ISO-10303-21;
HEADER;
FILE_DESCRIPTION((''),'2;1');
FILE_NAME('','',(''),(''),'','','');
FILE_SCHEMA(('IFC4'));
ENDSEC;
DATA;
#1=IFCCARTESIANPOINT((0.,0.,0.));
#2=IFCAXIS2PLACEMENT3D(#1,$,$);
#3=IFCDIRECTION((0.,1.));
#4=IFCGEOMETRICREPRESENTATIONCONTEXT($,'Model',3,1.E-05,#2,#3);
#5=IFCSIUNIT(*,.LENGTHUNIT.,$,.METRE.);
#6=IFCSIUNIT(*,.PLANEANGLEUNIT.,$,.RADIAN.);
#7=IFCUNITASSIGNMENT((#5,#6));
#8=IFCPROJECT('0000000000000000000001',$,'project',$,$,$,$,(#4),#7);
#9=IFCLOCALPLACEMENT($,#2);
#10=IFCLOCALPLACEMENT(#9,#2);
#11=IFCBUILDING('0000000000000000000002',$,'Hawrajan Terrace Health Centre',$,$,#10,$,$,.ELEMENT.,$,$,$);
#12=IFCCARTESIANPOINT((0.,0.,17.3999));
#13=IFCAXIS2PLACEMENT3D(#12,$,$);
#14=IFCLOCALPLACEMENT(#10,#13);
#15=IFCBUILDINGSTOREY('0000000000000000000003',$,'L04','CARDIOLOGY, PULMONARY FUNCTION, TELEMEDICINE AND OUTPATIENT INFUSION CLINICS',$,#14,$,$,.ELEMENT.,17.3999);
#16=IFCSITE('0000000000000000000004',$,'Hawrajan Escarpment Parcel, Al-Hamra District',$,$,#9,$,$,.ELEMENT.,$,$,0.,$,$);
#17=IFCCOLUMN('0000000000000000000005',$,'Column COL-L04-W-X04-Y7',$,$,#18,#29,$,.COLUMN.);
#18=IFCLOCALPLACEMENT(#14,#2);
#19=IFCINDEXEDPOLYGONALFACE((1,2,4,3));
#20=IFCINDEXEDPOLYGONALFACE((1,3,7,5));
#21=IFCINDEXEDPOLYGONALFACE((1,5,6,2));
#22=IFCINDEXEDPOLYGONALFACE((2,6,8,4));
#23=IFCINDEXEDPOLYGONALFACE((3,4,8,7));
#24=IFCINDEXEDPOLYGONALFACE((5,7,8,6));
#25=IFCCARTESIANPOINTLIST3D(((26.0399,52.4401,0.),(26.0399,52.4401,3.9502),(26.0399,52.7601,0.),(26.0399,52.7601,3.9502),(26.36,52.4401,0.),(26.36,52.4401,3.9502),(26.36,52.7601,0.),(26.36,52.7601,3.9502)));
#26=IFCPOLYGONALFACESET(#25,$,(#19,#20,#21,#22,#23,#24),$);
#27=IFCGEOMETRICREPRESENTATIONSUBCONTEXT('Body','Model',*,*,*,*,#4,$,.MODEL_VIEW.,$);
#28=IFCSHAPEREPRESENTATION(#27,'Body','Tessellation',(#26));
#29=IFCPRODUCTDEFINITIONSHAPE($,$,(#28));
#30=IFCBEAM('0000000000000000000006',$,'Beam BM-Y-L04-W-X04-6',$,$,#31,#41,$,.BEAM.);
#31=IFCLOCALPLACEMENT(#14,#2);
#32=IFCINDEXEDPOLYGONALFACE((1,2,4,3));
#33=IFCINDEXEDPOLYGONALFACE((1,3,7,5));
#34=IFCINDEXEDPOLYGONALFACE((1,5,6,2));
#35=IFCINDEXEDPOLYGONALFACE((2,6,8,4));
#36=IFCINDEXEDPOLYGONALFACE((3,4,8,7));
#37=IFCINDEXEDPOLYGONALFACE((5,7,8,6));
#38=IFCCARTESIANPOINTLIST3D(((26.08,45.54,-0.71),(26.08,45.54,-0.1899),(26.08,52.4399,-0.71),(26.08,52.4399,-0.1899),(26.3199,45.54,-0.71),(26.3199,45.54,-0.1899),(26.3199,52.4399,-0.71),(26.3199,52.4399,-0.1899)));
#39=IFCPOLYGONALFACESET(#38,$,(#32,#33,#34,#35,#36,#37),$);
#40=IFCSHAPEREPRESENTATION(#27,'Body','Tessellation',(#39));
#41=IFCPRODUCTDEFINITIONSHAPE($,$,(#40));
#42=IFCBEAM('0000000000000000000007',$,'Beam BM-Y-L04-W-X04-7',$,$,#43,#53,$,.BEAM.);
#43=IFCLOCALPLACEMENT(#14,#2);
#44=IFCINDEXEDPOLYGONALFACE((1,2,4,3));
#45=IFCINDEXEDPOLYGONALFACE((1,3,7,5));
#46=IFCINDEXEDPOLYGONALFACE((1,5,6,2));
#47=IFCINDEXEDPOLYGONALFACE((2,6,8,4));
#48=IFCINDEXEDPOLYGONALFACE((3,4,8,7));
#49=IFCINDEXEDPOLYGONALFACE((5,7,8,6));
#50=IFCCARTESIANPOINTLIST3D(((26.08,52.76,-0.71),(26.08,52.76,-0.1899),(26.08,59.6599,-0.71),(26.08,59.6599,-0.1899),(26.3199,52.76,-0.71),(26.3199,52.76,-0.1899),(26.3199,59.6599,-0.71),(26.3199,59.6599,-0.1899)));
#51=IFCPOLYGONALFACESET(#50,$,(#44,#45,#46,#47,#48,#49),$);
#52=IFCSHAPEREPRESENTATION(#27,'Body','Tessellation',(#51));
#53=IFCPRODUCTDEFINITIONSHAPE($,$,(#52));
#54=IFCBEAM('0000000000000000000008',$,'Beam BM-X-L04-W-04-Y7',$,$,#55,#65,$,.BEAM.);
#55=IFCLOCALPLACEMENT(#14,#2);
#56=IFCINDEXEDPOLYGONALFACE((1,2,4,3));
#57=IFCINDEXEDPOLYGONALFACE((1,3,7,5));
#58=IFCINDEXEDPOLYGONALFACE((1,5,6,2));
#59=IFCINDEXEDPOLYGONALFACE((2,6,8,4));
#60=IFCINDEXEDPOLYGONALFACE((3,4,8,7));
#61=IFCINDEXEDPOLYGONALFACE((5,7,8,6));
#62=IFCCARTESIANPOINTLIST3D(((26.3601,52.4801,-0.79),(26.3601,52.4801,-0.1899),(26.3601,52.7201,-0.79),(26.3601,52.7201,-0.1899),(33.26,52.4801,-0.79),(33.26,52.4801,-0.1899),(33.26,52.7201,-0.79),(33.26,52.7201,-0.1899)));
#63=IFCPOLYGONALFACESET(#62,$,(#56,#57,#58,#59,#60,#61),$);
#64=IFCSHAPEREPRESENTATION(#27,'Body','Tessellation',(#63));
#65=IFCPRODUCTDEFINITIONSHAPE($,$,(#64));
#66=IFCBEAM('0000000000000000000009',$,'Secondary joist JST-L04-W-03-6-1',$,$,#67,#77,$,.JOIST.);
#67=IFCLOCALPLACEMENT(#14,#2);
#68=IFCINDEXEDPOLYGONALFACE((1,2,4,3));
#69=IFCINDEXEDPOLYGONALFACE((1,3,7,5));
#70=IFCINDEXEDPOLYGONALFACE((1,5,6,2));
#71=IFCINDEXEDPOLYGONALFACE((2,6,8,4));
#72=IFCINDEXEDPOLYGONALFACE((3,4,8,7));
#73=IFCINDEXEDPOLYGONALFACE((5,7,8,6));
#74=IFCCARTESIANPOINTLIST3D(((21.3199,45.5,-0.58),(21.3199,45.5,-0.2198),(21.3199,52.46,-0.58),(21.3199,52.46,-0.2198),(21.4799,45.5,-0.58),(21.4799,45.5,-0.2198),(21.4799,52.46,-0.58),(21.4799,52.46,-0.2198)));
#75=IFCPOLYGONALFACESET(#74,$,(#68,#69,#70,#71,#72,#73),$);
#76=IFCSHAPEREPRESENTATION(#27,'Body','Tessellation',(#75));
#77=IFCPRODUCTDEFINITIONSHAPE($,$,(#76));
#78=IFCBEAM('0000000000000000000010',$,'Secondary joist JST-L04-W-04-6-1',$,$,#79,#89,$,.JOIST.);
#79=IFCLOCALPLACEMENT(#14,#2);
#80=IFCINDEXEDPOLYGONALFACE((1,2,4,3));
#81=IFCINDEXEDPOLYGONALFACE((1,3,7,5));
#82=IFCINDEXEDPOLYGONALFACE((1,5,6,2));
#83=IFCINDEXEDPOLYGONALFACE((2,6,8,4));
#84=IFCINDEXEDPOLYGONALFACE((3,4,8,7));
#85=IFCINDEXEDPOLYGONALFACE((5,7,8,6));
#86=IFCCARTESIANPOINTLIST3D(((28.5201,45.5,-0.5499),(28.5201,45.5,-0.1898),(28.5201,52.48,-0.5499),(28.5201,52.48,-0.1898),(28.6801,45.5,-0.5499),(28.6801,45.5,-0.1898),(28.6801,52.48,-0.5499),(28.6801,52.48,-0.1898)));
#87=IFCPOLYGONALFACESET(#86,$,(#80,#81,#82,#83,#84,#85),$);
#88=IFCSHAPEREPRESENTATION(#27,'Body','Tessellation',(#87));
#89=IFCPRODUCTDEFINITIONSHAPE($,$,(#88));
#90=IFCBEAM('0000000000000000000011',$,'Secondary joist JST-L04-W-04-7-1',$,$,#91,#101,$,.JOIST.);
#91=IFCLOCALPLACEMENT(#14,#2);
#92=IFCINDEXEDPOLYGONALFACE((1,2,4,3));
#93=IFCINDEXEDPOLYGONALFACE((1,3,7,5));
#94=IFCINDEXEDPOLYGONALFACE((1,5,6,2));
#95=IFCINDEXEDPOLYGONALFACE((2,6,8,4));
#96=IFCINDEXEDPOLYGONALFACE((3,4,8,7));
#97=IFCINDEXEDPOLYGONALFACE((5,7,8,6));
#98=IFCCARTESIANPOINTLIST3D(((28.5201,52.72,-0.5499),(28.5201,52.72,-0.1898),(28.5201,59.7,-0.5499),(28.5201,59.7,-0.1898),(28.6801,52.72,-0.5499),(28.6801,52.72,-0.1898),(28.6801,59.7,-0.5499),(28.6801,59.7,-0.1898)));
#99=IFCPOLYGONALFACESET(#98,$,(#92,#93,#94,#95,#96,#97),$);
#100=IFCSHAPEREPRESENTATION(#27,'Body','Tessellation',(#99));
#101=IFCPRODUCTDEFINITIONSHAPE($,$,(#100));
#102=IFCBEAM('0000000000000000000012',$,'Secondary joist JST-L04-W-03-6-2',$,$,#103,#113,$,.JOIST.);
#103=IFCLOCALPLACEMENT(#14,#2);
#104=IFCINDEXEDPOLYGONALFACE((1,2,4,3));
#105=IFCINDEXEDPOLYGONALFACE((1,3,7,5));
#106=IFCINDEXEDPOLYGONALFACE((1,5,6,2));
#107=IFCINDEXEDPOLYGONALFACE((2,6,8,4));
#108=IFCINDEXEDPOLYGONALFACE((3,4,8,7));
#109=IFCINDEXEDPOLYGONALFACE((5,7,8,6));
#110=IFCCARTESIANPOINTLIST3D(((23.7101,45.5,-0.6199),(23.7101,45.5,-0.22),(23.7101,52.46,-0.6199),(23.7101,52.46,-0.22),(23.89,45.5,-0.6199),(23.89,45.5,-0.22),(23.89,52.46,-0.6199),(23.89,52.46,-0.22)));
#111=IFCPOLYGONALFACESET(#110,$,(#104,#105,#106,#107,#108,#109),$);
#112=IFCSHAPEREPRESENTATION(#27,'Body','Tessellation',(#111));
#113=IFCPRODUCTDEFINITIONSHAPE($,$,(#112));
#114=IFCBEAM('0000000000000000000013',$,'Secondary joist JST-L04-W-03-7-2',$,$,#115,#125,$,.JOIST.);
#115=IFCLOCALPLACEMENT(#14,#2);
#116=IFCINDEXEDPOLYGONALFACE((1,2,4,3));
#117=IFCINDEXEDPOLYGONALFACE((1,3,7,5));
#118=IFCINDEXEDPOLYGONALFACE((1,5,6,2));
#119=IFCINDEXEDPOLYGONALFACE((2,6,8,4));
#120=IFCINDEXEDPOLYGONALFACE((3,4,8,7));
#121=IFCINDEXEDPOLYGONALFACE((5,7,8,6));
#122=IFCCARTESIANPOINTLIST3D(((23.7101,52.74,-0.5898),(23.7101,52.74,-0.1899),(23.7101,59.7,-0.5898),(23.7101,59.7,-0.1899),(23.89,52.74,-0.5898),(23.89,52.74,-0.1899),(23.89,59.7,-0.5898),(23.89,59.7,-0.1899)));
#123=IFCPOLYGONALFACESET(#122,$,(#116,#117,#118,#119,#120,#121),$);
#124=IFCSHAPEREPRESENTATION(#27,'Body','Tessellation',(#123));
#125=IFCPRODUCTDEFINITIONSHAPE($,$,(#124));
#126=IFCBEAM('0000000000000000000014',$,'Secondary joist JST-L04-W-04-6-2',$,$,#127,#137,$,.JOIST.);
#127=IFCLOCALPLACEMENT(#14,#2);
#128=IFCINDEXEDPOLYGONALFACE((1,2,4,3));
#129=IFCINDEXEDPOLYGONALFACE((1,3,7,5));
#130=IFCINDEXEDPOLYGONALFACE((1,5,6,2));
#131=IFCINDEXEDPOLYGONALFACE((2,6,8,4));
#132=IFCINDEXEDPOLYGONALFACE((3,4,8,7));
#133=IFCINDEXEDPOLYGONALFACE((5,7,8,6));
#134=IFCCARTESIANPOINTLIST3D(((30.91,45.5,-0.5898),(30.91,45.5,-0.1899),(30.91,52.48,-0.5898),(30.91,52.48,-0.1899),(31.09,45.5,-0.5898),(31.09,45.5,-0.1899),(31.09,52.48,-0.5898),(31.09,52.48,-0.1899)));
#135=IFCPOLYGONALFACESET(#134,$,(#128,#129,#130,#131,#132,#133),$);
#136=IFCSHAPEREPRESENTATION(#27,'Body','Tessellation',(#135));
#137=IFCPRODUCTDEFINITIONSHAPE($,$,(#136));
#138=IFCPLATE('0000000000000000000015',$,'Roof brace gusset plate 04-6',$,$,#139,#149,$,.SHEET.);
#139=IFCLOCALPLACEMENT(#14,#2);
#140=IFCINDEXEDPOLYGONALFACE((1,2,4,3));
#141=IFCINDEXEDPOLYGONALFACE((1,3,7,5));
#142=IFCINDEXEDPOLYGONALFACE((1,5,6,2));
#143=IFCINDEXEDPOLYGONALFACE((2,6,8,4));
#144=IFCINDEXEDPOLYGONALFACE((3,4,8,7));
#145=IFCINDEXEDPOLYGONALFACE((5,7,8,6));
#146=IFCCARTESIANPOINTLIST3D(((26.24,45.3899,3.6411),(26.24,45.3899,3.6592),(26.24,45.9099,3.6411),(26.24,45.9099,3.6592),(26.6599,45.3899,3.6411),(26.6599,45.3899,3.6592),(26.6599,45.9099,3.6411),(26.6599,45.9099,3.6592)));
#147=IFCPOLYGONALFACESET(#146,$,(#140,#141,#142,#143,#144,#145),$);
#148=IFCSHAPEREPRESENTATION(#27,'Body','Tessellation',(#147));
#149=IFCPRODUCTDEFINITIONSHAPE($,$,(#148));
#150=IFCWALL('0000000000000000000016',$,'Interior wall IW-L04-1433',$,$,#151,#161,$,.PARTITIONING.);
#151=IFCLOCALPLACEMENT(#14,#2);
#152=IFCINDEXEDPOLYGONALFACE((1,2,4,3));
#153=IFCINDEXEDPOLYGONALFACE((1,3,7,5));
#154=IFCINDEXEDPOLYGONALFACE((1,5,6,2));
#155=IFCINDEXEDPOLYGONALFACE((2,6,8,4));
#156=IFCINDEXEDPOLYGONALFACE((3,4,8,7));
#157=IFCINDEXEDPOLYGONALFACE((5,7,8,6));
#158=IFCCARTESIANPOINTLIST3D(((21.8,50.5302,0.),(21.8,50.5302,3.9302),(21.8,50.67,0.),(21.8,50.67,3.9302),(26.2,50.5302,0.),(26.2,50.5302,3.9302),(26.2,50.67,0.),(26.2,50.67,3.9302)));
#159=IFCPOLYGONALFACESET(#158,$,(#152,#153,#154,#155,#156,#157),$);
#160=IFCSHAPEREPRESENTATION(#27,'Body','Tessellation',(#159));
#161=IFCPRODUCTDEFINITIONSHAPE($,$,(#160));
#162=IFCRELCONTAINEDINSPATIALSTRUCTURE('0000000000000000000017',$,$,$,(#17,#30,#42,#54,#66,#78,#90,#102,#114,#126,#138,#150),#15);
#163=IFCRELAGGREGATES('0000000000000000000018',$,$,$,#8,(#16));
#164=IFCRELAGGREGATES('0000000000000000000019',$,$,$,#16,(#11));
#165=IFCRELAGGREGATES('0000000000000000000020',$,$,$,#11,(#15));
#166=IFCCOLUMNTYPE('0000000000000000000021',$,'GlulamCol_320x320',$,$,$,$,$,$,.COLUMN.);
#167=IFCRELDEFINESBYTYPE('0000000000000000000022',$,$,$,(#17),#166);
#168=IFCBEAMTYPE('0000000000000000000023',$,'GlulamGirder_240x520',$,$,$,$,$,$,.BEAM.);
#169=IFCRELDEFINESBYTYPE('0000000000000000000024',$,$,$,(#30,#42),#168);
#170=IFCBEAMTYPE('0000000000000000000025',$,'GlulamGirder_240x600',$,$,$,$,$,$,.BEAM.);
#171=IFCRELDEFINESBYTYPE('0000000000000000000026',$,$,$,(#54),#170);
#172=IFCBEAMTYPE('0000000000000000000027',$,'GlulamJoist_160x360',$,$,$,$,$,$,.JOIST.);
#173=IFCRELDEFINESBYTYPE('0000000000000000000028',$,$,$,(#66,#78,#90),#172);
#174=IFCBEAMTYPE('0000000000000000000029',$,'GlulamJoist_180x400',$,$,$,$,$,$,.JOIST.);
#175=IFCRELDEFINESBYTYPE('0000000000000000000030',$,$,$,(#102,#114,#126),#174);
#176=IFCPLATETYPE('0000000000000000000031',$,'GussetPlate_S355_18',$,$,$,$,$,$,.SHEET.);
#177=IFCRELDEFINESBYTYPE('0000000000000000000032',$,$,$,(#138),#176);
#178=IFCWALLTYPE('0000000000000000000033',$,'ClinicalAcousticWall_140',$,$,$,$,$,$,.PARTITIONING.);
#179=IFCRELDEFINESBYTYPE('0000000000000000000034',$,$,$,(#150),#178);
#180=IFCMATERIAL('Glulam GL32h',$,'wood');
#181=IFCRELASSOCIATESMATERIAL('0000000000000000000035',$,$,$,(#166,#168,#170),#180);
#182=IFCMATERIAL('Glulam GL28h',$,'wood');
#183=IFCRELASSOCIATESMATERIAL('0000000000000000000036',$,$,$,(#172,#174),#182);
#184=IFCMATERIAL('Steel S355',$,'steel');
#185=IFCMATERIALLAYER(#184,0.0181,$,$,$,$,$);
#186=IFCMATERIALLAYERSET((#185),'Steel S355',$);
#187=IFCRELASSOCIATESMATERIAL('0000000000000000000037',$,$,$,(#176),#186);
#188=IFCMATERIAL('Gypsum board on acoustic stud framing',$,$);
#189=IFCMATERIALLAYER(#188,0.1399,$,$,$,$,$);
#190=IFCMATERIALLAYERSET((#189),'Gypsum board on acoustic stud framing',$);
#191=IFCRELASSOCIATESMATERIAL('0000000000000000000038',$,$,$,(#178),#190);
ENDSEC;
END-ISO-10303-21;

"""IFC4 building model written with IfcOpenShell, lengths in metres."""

from ifc_helpers import new_model, si_unit, direction, frame, frame_2d, origin, origin_2d, place, context, subcontext, project, spatial, rectangle, extrude, material, layer, layer_set, material_profile, profile_set, type_object, element, save


model = new_model("IFC4")

# Units and contexts
model_context = context("Model", 3, precision=1e-05, world=origin(), true_north=direction((0.0, 1.0)))
body_context = subcontext(model_context, "Body", "Model", "MODEL_VIEW")
ifc_project = project(units=[si_unit("LENGTHUNIT", "METRE"), si_unit("PLANEANGLEUNIT", "RADIAN")], contexts=[model_context])

# Site, building, storey
site_placement = place(None, origin())
site = spatial("IfcSite", under=ifc_project, at=site_placement, Name="Hawrajan Escarpment Parcel, Al-Hamra District", CompositionType="ELEMENT", RefElevation=0.0)
building_placement = place(site_placement, origin())
building = spatial("IfcBuilding", under=site, at=building_placement, Name="Hawrajan Terrace Health Centre", CompositionType="ELEMENT")
storey_placement = place(building_placement, frame((0.0, 0.0, 17.3999)))
storey = spatial("IfcBuildingStorey", under=building, at=storey_placement, Name="L04", Description="CARDIOLOGY, PULMONARY FUNCTION, TELEMEDICINE AND OUTPATIENT INFUSION CLINICS", CompositionType="ELEMENT", Elevation=17.3999)

# Column
ifc_material_1 = material(Name="Glulam GL32h", Category="wood")
ifc_material_profile_1 = material_profile(ifc_material_1, rectangle(XDim=0.3201, YDim=0.3201, at=origin_2d()), Name="GL 320x320")
ifc_profile_set_1 = profile_set([ifc_material_profile_1], Name="Glulam GL32h")
column_type = type_object("IfcColumnType", Name="GlulamCol_320x320", PredefinedType="COLUMN", material=ifc_profile_set_1)
column_placement = place(storey_placement, frame((26.2, 52.6001, 0.0), z_axis=(0.0, 0.0, 1.0), x_axis=(1.0, 0.0, 0.0)))
element("IfcColumn", 1, at=column_placement, inside=storey, type_object=column_type, Name="Column COL-L04-W-X04-Y7", PredefinedType="COLUMN", context=body_context, shape_type="SweptSolid", body=[
    extrude(rectangle(XDim=0.3201, YDim=0.3201, at=origin_2d()), origin(), (0.0, 0.0, 1.0), 3.9502),
])

# Beams
ifc_material_profile_2 = material_profile(ifc_material_1, rectangle(XDim=0.24, YDim=0.52, at=origin_2d()), Name="GL BM 240x520")
ifc_profile_set_2 = profile_set([ifc_material_profile_2], Name="Glulam GL32h")
beam_type_1 = type_object("IfcBeamType", Name="GlulamGirder_240x520", PredefinedType="BEAM", material=ifc_profile_set_2)
for number, where, z_axis, x_axis, name in (
    (2, (26.2, 45.54, -0.45), (0.0, 1.0, 0.0), (-1.0, 0.0, 0.0), "Beam BM-Y-L04-W-X04-6"),
    (3, (26.2, 52.76, -0.45), (0.0, 1.0, 0.0), (-1.0, 0.0, 0.0), "Beam BM-Y-L04-W-X04-7"),
):
    element("IfcBeam", number, at=place(storey_placement, frame(where, z_axis=z_axis, x_axis=x_axis)), inside=storey, type_object=beam_type_1, Name=name, PredefinedType="BEAM", context=body_context, shape_type="SweptSolid", body=[
        extrude(rectangle(XDim=0.24, YDim=0.52, at=origin_2d()), origin(), (0.0, 0.0, 1.0), 6.8999),
    ])
ifc_material_profile_3 = material_profile(ifc_material_1, rectangle(XDim=0.24, YDim=0.6001, at=origin_2d()), Name="GL BM 240x600")
ifc_profile_set_3 = profile_set([ifc_material_profile_3], Name="Glulam GL32h")
beam_type_2 = type_object("IfcBeamType", Name="GlulamGirder_240x600", PredefinedType="BEAM", material=ifc_profile_set_3)
beam_1_placement = place(storey_placement, frame((26.3601, 52.6001, -0.49), z_axis=(1.0, 0.0, 0.0), x_axis=(0.0, 1.0, 0.0)))
element("IfcBeam", 4, at=beam_1_placement, inside=storey, type_object=beam_type_2, Name="Beam BM-X-L04-W-04-Y7", PredefinedType="BEAM", context=body_context, shape_type="SweptSolid", body=[
    extrude(rectangle(XDim=0.24, YDim=0.6001, at=origin_2d()), origin(), (0.0, 0.0, 1.0), 6.8999),
])
ifc_material_2 = material(Name="Glulam GL28h", Category="wood")
ifc_material_profile_4 = material_profile(ifc_material_2, rectangle(XDim=0.1599, YDim=0.3601, at=origin_2d()), Name="GL JST 160x360")
ifc_profile_set_4 = profile_set([ifc_material_profile_4], Name="Glulam GL28h")
beam_type_3 = type_object("IfcBeamType", Name="GlulamJoist_160x360", PredefinedType="JOIST", material=ifc_profile_set_4)
beam_2_placement = place(storey_placement, frame((21.3999, 45.5, -0.3999), z_axis=(0.0, 1.0, 0.0), x_axis=(-1.0, 0.0, 0.0)))
element("IfcBeam", 5, at=beam_2_placement, inside=storey, type_object=beam_type_3, Name="Secondary joist JST-L04-W-03-6-1", PredefinedType="JOIST", context=body_context, shape_type="SweptSolid", body=[
    extrude(rectangle(XDim=0.1599, YDim=0.3601, at=origin_2d()), origin(), (0.0, 0.0, 1.0), 6.96),
])
for number, where, z_axis, x_axis, name in (
    (6, (28.6001, 45.5, -0.3699), (0.0, 1.0, 0.0), (-1.0, 0.0, 0.0), "Secondary joist JST-L04-W-04-6-1"),
    (7, (28.6001, 52.72, -0.3699), (0.0, 1.0, 0.0), (-1.0, 0.0, 0.0), "Secondary joist JST-L04-W-04-7-1"),
):
    element("IfcBeam", number, at=place(storey_placement, frame(where, z_axis=z_axis, x_axis=x_axis)), inside=storey, type_object=beam_type_3, Name=name, PredefinedType="JOIST", context=body_context, shape_type="SweptSolid", body=[
        extrude(rectangle(XDim=0.1599, YDim=0.3601, at=origin_2d()), origin(), (0.0, 0.0, 1.0), 6.98),
    ])
ifc_material_profile_5 = material_profile(ifc_material_2, rectangle(XDim=0.1799, YDim=0.3999, at=origin_2d()), Name="GL JST 180x400")
ifc_profile_set_5 = profile_set([ifc_material_profile_5], Name="Glulam GL28h")
beam_type_4 = type_object("IfcBeamType", Name="GlulamJoist_180x400", PredefinedType="JOIST", material=ifc_profile_set_5)
for number, where, z_axis, x_axis, name in (
    (8, (23.8, 45.5, -0.4199), (0.0, 1.0, 0.0), (-1.0, 0.0, 0.0), "Secondary joist JST-L04-W-03-6-2"),
    (9, (23.8, 52.74, -0.3899), (0.0, 1.0, 0.0), (-1.0, 0.0, 0.0), "Secondary joist JST-L04-W-03-7-2"),
):
    element("IfcBeam", number, at=place(storey_placement, frame(where, z_axis=z_axis, x_axis=x_axis)), inside=storey, type_object=beam_type_4, Name=name, PredefinedType="JOIST", context=body_context, shape_type="SweptSolid", body=[
        extrude(rectangle(XDim=0.1799, YDim=0.3999, at=origin_2d()), origin(), (0.0, 0.0, 1.0), 6.96),
    ])
beam_3_placement = place(storey_placement, frame((31.0, 45.5, -0.3899), z_axis=(0.0, 1.0, 0.0), x_axis=(-1.0, 0.0, 0.0)))
element("IfcBeam", 10, at=beam_3_placement, inside=storey, type_object=beam_type_4, Name="Secondary joist JST-L04-W-04-6-2", PredefinedType="JOIST", context=body_context, shape_type="SweptSolid", body=[
    extrude(rectangle(XDim=0.1799, YDim=0.3999, at=origin_2d()), origin(), (0.0, 0.0, 1.0), 6.98),
])

# Plate
ifc_material_3 = material(Name="Steel S355", Category="steel")
ifc_layer_1 = layer(ifc_material_3, 0.0181)
ifc_layer_set_1 = layer_set([ifc_layer_1], Name="Steel S355")
plate_type = type_object("IfcPlateType", Name="GussetPlate_S355_18", PredefinedType="SHEET", material=ifc_layer_set_1)
plate_placement = place(storey_placement, frame((26.45, 45.6499, 3.6411), z_axis=(0.0, 0.0, 1.0), x_axis=(1.0, 0.0, 0.0)))
element("IfcPlate", 11, at=plate_placement, inside=storey, type_object=plate_type, Name="Roof brace gusset plate 04-6", PredefinedType="SHEET", context=body_context, shape_type="SweptSolid", body=[
    extrude(rectangle(XDim=0.4199, YDim=0.52, at=origin_2d()), origin(), (0.0, 0.0, 1.0), 0.0181),
])

# Wall
ifc_material_4 = material(Name="Gypsum board on acoustic stud framing")
ifc_layer_2 = layer(ifc_material_4, 0.1399)
ifc_layer_set_2 = layer_set([ifc_layer_2], Name="Gypsum board on acoustic stud framing")
wall_type_1 = type_object("IfcWallType", Name="ClinicalAcousticWall_140", PredefinedType="PARTITIONING", material=ifc_layer_set_2)
wall_1_placement = place(storey_placement, frame((21.8, 50.6001, 0.0), z_axis=(0.0, 0.0, 1.0), x_axis=(1.0, 0.0, 0.0)))
element("IfcWall", 12, at=wall_1_placement, inside=storey, type_object=wall_type_1, Name="Interior wall IW-L04-1433", PredefinedType="PARTITIONING", context=body_context, shape_type="SweptSolid", body=[
    extrude(rectangle(XDim=4.3999, YDim=0.1399, at=frame_2d((2.2, 0.0))), origin(), (0.0, 0.0, 1.0), 3.9302),
])

save(model, "model.ifc")
